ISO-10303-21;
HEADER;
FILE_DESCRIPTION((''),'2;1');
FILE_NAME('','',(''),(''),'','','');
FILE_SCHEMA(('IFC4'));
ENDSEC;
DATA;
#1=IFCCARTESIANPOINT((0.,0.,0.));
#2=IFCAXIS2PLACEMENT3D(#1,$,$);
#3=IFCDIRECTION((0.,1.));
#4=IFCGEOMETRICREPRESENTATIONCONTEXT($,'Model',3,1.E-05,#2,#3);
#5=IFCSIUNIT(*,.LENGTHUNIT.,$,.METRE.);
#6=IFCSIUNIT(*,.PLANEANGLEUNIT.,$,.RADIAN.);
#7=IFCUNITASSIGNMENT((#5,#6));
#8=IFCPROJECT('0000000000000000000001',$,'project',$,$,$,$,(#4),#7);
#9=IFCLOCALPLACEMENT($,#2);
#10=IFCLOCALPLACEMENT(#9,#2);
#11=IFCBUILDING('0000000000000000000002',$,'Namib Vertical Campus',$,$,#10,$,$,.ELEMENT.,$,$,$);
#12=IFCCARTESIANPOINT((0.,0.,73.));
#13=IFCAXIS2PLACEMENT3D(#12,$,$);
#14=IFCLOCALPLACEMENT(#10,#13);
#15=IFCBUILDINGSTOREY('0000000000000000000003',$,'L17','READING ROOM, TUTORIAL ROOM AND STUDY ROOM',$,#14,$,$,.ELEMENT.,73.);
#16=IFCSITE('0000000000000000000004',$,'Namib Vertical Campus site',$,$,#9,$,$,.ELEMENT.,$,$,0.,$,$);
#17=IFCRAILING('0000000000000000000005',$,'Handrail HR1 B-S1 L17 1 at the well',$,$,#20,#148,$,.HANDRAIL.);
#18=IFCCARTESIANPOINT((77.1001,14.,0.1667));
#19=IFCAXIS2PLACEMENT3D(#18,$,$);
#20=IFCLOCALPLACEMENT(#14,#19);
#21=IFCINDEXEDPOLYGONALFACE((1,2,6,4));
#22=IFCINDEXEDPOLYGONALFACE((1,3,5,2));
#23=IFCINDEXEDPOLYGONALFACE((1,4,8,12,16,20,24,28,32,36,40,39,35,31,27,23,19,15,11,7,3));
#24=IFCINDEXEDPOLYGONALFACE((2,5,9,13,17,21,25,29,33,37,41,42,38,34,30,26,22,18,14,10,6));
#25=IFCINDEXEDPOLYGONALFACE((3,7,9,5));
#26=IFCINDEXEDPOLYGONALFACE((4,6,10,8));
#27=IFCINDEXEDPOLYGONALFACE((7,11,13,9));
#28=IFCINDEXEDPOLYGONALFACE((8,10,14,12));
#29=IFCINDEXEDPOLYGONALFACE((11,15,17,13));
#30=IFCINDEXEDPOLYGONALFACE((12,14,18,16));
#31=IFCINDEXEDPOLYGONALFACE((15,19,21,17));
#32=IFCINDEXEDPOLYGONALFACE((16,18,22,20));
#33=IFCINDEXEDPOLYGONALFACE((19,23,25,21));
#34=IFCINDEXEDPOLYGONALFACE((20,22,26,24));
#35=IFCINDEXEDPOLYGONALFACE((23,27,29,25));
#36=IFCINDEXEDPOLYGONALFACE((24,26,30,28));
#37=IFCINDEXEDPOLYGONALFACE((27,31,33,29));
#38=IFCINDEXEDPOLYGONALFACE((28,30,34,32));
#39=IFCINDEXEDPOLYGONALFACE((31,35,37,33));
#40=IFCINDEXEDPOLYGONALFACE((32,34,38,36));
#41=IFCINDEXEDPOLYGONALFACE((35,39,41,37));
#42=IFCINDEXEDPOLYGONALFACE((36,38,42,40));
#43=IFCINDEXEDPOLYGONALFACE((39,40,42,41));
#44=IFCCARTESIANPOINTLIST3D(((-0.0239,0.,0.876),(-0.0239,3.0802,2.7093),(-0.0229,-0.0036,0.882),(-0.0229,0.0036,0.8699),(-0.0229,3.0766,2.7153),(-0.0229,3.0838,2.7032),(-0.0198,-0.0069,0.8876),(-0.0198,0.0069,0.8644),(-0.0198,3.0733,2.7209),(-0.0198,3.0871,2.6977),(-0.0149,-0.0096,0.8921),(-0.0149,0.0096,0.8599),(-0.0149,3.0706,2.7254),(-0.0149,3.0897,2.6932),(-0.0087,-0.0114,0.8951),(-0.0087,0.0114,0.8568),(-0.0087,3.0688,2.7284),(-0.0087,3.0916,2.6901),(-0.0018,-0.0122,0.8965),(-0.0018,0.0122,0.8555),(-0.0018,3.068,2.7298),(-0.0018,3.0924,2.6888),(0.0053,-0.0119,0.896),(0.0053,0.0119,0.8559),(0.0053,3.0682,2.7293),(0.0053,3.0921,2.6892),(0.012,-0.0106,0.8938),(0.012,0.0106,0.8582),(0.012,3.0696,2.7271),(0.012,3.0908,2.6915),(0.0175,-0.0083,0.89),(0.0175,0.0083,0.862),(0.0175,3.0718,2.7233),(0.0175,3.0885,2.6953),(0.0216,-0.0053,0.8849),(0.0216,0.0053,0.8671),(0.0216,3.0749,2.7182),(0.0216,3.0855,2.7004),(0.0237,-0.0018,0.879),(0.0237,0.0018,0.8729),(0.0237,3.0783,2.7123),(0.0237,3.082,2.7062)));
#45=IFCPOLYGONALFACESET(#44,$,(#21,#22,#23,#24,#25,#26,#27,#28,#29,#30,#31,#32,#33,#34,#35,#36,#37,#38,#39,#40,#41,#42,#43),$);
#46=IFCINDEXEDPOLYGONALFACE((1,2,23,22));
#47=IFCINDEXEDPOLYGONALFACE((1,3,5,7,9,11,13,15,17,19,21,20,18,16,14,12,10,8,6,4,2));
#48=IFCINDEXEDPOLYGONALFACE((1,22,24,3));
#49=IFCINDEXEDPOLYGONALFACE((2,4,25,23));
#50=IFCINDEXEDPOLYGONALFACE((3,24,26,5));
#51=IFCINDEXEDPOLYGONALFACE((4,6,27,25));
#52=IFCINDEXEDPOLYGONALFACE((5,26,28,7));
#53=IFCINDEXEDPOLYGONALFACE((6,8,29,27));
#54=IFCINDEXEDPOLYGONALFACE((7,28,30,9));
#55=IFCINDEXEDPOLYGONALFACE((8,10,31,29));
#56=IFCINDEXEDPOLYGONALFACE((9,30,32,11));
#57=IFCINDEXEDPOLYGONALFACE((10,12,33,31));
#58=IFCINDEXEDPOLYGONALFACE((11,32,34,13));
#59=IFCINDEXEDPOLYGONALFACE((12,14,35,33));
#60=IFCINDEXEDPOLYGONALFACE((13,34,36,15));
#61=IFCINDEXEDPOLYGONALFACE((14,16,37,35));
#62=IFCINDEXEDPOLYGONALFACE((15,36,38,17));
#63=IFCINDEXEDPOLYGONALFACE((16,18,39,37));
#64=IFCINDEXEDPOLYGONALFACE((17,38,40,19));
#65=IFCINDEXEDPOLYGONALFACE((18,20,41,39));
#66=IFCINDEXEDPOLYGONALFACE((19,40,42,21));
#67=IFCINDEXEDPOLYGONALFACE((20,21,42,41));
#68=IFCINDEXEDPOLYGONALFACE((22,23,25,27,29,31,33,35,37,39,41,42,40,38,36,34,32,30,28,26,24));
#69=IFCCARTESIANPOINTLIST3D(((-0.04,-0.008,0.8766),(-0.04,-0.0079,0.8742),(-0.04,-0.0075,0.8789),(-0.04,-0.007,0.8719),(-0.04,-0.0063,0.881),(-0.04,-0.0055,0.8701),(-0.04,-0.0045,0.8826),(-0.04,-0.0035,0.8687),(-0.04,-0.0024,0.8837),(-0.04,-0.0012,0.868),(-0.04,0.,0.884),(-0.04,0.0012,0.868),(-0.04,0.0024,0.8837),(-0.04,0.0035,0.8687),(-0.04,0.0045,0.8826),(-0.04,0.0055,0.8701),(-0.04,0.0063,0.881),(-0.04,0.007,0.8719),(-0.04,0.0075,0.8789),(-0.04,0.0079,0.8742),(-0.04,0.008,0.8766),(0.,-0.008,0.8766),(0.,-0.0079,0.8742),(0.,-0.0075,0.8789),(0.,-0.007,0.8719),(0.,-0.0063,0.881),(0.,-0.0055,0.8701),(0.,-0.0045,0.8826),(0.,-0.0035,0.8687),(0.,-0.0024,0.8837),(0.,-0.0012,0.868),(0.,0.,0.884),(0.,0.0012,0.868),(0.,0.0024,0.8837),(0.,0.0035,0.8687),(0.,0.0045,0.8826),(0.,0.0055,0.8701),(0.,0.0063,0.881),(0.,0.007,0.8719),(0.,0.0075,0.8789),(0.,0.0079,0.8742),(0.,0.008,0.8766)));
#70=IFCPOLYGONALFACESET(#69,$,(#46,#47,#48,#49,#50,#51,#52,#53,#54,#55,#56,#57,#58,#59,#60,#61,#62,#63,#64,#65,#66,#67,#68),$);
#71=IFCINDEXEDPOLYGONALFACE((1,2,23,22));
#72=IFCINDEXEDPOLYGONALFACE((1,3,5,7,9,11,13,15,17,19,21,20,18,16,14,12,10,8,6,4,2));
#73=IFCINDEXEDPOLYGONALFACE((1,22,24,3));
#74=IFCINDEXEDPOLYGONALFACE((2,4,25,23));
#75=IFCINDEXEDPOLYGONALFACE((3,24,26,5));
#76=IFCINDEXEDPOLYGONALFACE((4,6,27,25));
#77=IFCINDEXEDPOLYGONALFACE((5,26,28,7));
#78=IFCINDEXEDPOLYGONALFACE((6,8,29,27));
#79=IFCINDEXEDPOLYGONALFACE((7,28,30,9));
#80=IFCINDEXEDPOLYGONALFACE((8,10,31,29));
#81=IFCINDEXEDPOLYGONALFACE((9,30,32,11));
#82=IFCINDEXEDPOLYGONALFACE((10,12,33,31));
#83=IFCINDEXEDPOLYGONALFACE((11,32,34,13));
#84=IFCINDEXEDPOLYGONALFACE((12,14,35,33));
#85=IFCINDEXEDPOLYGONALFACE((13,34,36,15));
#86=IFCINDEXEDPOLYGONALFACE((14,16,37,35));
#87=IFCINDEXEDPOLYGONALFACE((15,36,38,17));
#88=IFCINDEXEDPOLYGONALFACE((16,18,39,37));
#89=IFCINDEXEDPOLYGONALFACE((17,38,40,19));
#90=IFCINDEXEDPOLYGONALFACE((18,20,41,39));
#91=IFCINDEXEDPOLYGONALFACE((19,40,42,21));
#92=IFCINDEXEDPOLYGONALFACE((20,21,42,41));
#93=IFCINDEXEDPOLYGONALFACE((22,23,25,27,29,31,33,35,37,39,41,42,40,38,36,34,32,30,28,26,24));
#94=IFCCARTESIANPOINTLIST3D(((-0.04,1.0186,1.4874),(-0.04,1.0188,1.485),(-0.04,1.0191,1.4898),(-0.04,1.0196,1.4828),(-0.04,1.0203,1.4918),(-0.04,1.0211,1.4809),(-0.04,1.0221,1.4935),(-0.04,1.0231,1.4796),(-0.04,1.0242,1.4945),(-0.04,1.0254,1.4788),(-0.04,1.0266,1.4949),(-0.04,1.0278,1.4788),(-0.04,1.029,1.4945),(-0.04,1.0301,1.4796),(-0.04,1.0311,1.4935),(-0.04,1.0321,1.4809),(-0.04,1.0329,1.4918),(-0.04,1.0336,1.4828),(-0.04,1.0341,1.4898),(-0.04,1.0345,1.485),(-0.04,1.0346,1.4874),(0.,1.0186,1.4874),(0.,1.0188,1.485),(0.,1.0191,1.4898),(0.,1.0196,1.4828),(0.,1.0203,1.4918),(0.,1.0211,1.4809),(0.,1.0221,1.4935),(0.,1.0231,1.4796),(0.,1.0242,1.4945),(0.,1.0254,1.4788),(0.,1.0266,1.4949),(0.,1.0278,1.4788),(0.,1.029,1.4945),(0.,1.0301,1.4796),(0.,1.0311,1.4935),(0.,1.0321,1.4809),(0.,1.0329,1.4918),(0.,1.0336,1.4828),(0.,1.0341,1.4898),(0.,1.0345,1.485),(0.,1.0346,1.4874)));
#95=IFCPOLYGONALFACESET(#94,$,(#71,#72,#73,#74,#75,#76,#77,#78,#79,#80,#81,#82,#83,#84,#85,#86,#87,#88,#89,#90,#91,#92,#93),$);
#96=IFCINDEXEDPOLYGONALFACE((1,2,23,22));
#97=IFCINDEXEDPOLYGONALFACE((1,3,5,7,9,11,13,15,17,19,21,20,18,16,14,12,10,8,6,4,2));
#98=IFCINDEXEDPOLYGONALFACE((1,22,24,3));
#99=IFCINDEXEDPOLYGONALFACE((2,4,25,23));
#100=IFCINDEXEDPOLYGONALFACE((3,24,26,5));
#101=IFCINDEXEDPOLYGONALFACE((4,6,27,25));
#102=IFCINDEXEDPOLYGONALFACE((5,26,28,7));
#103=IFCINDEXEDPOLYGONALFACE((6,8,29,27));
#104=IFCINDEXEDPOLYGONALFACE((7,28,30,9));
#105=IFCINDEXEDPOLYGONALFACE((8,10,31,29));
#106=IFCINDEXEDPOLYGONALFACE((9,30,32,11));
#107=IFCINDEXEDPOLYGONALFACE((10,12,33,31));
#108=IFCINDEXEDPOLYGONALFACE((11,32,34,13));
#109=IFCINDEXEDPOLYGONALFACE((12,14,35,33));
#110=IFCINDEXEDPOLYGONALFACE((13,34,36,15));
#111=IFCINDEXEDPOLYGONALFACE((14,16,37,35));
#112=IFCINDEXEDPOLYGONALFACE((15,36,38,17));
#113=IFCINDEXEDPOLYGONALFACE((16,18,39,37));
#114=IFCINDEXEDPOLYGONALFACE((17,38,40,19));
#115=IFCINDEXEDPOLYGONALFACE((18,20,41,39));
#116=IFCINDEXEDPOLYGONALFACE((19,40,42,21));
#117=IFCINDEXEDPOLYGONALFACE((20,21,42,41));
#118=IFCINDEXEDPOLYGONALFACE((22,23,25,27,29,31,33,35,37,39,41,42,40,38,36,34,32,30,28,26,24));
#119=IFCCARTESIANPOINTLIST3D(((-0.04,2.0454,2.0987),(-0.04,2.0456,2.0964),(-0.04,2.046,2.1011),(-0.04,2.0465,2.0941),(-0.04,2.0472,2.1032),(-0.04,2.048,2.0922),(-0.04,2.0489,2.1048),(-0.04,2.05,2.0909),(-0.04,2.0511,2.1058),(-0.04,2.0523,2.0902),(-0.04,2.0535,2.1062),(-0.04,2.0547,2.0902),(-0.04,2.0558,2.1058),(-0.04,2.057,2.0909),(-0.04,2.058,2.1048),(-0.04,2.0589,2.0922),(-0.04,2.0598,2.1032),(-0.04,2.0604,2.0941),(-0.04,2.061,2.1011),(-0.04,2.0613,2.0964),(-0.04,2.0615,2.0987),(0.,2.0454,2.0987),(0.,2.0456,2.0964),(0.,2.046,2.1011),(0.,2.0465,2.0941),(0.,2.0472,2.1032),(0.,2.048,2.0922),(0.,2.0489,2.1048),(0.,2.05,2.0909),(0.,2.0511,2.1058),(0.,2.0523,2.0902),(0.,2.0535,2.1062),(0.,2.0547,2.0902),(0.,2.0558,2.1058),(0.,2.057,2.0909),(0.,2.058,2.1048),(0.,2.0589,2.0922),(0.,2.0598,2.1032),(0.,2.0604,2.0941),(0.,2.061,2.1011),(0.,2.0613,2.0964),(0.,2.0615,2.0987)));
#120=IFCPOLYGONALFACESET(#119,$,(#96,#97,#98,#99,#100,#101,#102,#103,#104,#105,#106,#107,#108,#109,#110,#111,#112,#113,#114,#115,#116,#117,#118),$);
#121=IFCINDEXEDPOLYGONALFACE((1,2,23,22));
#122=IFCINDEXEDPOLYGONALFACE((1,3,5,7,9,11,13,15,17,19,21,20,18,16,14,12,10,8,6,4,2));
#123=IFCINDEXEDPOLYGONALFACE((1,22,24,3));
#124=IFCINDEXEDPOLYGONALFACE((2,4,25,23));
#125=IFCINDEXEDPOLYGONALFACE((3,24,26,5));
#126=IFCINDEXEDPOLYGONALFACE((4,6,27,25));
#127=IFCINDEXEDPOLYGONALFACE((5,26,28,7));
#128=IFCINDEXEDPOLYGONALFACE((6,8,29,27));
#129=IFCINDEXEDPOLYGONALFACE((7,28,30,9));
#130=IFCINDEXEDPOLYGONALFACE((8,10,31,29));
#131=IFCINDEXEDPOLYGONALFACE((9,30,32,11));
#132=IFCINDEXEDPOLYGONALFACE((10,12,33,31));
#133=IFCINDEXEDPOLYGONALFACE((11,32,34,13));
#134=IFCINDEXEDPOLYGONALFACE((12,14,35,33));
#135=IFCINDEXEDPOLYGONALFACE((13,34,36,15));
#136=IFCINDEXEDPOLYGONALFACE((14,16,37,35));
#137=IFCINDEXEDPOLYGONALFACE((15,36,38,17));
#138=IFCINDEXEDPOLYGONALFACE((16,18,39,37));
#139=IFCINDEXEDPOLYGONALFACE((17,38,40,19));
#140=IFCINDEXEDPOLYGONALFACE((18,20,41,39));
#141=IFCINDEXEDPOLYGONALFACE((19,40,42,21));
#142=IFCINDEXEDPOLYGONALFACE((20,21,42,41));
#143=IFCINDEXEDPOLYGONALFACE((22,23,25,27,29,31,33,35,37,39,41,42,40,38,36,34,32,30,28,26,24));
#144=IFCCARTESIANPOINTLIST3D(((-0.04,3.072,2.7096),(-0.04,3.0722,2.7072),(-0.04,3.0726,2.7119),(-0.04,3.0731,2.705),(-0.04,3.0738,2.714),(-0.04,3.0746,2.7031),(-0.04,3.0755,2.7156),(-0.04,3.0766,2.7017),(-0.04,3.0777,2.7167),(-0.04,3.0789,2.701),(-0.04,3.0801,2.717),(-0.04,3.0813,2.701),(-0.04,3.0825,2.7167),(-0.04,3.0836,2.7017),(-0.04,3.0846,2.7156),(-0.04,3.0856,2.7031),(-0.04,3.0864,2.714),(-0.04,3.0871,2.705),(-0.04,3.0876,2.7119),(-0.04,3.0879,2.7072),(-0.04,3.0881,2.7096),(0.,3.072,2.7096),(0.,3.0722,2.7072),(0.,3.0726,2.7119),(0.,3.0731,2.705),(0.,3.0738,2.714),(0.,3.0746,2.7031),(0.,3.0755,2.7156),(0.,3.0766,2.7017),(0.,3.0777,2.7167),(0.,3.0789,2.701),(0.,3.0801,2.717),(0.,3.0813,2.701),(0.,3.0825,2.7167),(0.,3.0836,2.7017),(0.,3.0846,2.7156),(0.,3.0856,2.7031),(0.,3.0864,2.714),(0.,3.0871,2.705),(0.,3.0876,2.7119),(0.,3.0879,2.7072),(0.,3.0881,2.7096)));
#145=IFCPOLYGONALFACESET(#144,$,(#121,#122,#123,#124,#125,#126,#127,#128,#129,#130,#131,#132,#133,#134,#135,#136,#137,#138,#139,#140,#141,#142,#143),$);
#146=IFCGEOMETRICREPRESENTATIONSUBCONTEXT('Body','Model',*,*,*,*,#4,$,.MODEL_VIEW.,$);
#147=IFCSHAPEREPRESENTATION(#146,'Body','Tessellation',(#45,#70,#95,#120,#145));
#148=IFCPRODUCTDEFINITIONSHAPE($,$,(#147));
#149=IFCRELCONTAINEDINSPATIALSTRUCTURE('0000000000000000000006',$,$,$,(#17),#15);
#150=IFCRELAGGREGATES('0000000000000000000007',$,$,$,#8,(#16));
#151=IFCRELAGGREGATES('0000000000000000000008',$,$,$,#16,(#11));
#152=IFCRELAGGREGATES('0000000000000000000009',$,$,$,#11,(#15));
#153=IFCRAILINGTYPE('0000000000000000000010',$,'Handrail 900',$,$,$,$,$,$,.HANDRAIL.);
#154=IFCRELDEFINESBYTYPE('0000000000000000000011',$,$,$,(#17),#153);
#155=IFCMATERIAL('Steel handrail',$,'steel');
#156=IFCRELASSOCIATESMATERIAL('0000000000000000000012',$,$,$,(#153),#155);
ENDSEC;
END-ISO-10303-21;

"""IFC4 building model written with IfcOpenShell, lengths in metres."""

from ifc_helpers import new_model, si_unit, direction, frame, origin, origin_2d, place, context, subcontext, project, spatial, circle, extrude, material, type_object, element, save


model = new_model("IFC4")

# Units and contexts
model_context = context("Model", 3, precision=1e-05, world=origin(), true_north=direction((0.0, 1.0)))
body_context = subcontext(model_context, "Body", "Model", "MODEL_VIEW")
ifc_project = project(units=[si_unit("LENGTHUNIT", "METRE"), si_unit("PLANEANGLEUNIT", "RADIAN")], contexts=[model_context])

# Site, building, storey
site_placement = place(None, origin())
site = spatial("IfcSite", under=ifc_project, at=site_placement, Name="Namib Vertical Campus site", CompositionType="ELEMENT", RefElevation=0.0)
building_placement = place(site_placement, origin())
building = spatial("IfcBuilding", under=site, at=building_placement, Name="Namib Vertical Campus", CompositionType="ELEMENT")
storey_placement = place(building_placement, frame((0.0, 0.0, 73.0)))
storey = spatial("IfcBuildingStorey", under=building, at=storey_placement, Name="L17", Description="READING ROOM, TUTORIAL ROOM AND STUDY ROOM", CompositionType="ELEMENT", Elevation=73.0)

# Railing
ifc_material_1 = material(Name="Steel handrail", Category="steel")
railing_type_1 = type_object("IfcRailingType", Name="Handrail 900", PredefinedType="HANDRAIL", material=ifc_material_1)
railing_1_placement = place(storey_placement, frame((77.1001, 14.0, 0.1667)))
element("IfcRailing", 1, at=railing_1_placement, inside=storey, type_object=railing_type_1, Name="Handrail HR1 B-S1 L17 1 at the well", PredefinedType="HANDRAIL", context=body_context, shape_type="SweptSolid", body=[
    extrude(circle(Radius=0.0239, at=origin_2d()), frame((0.0, 0.0, 0.876), z_axis=(0.0, 0.859309, 0.511458), x_axis=(-1.0, 0.0, 0.0)), (0.0, 0.0, 1.0), 3.5845),
    extrude(circle(Radius=0.0081, at=origin_2d()), frame((0.0, 0.0, 0.876), z_axis=(-1.0, 0.0, 0.0), x_axis=(0.0, 0.0, 1.0)), (0.0, 0.0, 1.0), 0.04),
    extrude(circle(Radius=0.0081, at=origin_2d()), frame((0.0, 1.0266, 1.4868), z_axis=(-1.0, 0.0, 0.0), x_axis=(0.0, 0.0, 1.0)), (0.0, 0.0, 1.0), 0.04),
    extrude(circle(Radius=0.0081, at=origin_2d()), frame((0.0, 2.0535, 2.0981), z_axis=(-1.0, 0.0, 0.0), x_axis=(0.0, 0.0, 1.0)), (0.0, 0.0, 1.0), 0.04),
    extrude(circle(Radius=0.0081, at=origin_2d()), frame((0.0, 3.0801, 2.709), z_axis=(-1.0, 0.0, 0.0), x_axis=(0.0, 0.0, 1.0)), (0.0, 0.0, 1.0), 0.04),
])

save(model, "model.ifc")
